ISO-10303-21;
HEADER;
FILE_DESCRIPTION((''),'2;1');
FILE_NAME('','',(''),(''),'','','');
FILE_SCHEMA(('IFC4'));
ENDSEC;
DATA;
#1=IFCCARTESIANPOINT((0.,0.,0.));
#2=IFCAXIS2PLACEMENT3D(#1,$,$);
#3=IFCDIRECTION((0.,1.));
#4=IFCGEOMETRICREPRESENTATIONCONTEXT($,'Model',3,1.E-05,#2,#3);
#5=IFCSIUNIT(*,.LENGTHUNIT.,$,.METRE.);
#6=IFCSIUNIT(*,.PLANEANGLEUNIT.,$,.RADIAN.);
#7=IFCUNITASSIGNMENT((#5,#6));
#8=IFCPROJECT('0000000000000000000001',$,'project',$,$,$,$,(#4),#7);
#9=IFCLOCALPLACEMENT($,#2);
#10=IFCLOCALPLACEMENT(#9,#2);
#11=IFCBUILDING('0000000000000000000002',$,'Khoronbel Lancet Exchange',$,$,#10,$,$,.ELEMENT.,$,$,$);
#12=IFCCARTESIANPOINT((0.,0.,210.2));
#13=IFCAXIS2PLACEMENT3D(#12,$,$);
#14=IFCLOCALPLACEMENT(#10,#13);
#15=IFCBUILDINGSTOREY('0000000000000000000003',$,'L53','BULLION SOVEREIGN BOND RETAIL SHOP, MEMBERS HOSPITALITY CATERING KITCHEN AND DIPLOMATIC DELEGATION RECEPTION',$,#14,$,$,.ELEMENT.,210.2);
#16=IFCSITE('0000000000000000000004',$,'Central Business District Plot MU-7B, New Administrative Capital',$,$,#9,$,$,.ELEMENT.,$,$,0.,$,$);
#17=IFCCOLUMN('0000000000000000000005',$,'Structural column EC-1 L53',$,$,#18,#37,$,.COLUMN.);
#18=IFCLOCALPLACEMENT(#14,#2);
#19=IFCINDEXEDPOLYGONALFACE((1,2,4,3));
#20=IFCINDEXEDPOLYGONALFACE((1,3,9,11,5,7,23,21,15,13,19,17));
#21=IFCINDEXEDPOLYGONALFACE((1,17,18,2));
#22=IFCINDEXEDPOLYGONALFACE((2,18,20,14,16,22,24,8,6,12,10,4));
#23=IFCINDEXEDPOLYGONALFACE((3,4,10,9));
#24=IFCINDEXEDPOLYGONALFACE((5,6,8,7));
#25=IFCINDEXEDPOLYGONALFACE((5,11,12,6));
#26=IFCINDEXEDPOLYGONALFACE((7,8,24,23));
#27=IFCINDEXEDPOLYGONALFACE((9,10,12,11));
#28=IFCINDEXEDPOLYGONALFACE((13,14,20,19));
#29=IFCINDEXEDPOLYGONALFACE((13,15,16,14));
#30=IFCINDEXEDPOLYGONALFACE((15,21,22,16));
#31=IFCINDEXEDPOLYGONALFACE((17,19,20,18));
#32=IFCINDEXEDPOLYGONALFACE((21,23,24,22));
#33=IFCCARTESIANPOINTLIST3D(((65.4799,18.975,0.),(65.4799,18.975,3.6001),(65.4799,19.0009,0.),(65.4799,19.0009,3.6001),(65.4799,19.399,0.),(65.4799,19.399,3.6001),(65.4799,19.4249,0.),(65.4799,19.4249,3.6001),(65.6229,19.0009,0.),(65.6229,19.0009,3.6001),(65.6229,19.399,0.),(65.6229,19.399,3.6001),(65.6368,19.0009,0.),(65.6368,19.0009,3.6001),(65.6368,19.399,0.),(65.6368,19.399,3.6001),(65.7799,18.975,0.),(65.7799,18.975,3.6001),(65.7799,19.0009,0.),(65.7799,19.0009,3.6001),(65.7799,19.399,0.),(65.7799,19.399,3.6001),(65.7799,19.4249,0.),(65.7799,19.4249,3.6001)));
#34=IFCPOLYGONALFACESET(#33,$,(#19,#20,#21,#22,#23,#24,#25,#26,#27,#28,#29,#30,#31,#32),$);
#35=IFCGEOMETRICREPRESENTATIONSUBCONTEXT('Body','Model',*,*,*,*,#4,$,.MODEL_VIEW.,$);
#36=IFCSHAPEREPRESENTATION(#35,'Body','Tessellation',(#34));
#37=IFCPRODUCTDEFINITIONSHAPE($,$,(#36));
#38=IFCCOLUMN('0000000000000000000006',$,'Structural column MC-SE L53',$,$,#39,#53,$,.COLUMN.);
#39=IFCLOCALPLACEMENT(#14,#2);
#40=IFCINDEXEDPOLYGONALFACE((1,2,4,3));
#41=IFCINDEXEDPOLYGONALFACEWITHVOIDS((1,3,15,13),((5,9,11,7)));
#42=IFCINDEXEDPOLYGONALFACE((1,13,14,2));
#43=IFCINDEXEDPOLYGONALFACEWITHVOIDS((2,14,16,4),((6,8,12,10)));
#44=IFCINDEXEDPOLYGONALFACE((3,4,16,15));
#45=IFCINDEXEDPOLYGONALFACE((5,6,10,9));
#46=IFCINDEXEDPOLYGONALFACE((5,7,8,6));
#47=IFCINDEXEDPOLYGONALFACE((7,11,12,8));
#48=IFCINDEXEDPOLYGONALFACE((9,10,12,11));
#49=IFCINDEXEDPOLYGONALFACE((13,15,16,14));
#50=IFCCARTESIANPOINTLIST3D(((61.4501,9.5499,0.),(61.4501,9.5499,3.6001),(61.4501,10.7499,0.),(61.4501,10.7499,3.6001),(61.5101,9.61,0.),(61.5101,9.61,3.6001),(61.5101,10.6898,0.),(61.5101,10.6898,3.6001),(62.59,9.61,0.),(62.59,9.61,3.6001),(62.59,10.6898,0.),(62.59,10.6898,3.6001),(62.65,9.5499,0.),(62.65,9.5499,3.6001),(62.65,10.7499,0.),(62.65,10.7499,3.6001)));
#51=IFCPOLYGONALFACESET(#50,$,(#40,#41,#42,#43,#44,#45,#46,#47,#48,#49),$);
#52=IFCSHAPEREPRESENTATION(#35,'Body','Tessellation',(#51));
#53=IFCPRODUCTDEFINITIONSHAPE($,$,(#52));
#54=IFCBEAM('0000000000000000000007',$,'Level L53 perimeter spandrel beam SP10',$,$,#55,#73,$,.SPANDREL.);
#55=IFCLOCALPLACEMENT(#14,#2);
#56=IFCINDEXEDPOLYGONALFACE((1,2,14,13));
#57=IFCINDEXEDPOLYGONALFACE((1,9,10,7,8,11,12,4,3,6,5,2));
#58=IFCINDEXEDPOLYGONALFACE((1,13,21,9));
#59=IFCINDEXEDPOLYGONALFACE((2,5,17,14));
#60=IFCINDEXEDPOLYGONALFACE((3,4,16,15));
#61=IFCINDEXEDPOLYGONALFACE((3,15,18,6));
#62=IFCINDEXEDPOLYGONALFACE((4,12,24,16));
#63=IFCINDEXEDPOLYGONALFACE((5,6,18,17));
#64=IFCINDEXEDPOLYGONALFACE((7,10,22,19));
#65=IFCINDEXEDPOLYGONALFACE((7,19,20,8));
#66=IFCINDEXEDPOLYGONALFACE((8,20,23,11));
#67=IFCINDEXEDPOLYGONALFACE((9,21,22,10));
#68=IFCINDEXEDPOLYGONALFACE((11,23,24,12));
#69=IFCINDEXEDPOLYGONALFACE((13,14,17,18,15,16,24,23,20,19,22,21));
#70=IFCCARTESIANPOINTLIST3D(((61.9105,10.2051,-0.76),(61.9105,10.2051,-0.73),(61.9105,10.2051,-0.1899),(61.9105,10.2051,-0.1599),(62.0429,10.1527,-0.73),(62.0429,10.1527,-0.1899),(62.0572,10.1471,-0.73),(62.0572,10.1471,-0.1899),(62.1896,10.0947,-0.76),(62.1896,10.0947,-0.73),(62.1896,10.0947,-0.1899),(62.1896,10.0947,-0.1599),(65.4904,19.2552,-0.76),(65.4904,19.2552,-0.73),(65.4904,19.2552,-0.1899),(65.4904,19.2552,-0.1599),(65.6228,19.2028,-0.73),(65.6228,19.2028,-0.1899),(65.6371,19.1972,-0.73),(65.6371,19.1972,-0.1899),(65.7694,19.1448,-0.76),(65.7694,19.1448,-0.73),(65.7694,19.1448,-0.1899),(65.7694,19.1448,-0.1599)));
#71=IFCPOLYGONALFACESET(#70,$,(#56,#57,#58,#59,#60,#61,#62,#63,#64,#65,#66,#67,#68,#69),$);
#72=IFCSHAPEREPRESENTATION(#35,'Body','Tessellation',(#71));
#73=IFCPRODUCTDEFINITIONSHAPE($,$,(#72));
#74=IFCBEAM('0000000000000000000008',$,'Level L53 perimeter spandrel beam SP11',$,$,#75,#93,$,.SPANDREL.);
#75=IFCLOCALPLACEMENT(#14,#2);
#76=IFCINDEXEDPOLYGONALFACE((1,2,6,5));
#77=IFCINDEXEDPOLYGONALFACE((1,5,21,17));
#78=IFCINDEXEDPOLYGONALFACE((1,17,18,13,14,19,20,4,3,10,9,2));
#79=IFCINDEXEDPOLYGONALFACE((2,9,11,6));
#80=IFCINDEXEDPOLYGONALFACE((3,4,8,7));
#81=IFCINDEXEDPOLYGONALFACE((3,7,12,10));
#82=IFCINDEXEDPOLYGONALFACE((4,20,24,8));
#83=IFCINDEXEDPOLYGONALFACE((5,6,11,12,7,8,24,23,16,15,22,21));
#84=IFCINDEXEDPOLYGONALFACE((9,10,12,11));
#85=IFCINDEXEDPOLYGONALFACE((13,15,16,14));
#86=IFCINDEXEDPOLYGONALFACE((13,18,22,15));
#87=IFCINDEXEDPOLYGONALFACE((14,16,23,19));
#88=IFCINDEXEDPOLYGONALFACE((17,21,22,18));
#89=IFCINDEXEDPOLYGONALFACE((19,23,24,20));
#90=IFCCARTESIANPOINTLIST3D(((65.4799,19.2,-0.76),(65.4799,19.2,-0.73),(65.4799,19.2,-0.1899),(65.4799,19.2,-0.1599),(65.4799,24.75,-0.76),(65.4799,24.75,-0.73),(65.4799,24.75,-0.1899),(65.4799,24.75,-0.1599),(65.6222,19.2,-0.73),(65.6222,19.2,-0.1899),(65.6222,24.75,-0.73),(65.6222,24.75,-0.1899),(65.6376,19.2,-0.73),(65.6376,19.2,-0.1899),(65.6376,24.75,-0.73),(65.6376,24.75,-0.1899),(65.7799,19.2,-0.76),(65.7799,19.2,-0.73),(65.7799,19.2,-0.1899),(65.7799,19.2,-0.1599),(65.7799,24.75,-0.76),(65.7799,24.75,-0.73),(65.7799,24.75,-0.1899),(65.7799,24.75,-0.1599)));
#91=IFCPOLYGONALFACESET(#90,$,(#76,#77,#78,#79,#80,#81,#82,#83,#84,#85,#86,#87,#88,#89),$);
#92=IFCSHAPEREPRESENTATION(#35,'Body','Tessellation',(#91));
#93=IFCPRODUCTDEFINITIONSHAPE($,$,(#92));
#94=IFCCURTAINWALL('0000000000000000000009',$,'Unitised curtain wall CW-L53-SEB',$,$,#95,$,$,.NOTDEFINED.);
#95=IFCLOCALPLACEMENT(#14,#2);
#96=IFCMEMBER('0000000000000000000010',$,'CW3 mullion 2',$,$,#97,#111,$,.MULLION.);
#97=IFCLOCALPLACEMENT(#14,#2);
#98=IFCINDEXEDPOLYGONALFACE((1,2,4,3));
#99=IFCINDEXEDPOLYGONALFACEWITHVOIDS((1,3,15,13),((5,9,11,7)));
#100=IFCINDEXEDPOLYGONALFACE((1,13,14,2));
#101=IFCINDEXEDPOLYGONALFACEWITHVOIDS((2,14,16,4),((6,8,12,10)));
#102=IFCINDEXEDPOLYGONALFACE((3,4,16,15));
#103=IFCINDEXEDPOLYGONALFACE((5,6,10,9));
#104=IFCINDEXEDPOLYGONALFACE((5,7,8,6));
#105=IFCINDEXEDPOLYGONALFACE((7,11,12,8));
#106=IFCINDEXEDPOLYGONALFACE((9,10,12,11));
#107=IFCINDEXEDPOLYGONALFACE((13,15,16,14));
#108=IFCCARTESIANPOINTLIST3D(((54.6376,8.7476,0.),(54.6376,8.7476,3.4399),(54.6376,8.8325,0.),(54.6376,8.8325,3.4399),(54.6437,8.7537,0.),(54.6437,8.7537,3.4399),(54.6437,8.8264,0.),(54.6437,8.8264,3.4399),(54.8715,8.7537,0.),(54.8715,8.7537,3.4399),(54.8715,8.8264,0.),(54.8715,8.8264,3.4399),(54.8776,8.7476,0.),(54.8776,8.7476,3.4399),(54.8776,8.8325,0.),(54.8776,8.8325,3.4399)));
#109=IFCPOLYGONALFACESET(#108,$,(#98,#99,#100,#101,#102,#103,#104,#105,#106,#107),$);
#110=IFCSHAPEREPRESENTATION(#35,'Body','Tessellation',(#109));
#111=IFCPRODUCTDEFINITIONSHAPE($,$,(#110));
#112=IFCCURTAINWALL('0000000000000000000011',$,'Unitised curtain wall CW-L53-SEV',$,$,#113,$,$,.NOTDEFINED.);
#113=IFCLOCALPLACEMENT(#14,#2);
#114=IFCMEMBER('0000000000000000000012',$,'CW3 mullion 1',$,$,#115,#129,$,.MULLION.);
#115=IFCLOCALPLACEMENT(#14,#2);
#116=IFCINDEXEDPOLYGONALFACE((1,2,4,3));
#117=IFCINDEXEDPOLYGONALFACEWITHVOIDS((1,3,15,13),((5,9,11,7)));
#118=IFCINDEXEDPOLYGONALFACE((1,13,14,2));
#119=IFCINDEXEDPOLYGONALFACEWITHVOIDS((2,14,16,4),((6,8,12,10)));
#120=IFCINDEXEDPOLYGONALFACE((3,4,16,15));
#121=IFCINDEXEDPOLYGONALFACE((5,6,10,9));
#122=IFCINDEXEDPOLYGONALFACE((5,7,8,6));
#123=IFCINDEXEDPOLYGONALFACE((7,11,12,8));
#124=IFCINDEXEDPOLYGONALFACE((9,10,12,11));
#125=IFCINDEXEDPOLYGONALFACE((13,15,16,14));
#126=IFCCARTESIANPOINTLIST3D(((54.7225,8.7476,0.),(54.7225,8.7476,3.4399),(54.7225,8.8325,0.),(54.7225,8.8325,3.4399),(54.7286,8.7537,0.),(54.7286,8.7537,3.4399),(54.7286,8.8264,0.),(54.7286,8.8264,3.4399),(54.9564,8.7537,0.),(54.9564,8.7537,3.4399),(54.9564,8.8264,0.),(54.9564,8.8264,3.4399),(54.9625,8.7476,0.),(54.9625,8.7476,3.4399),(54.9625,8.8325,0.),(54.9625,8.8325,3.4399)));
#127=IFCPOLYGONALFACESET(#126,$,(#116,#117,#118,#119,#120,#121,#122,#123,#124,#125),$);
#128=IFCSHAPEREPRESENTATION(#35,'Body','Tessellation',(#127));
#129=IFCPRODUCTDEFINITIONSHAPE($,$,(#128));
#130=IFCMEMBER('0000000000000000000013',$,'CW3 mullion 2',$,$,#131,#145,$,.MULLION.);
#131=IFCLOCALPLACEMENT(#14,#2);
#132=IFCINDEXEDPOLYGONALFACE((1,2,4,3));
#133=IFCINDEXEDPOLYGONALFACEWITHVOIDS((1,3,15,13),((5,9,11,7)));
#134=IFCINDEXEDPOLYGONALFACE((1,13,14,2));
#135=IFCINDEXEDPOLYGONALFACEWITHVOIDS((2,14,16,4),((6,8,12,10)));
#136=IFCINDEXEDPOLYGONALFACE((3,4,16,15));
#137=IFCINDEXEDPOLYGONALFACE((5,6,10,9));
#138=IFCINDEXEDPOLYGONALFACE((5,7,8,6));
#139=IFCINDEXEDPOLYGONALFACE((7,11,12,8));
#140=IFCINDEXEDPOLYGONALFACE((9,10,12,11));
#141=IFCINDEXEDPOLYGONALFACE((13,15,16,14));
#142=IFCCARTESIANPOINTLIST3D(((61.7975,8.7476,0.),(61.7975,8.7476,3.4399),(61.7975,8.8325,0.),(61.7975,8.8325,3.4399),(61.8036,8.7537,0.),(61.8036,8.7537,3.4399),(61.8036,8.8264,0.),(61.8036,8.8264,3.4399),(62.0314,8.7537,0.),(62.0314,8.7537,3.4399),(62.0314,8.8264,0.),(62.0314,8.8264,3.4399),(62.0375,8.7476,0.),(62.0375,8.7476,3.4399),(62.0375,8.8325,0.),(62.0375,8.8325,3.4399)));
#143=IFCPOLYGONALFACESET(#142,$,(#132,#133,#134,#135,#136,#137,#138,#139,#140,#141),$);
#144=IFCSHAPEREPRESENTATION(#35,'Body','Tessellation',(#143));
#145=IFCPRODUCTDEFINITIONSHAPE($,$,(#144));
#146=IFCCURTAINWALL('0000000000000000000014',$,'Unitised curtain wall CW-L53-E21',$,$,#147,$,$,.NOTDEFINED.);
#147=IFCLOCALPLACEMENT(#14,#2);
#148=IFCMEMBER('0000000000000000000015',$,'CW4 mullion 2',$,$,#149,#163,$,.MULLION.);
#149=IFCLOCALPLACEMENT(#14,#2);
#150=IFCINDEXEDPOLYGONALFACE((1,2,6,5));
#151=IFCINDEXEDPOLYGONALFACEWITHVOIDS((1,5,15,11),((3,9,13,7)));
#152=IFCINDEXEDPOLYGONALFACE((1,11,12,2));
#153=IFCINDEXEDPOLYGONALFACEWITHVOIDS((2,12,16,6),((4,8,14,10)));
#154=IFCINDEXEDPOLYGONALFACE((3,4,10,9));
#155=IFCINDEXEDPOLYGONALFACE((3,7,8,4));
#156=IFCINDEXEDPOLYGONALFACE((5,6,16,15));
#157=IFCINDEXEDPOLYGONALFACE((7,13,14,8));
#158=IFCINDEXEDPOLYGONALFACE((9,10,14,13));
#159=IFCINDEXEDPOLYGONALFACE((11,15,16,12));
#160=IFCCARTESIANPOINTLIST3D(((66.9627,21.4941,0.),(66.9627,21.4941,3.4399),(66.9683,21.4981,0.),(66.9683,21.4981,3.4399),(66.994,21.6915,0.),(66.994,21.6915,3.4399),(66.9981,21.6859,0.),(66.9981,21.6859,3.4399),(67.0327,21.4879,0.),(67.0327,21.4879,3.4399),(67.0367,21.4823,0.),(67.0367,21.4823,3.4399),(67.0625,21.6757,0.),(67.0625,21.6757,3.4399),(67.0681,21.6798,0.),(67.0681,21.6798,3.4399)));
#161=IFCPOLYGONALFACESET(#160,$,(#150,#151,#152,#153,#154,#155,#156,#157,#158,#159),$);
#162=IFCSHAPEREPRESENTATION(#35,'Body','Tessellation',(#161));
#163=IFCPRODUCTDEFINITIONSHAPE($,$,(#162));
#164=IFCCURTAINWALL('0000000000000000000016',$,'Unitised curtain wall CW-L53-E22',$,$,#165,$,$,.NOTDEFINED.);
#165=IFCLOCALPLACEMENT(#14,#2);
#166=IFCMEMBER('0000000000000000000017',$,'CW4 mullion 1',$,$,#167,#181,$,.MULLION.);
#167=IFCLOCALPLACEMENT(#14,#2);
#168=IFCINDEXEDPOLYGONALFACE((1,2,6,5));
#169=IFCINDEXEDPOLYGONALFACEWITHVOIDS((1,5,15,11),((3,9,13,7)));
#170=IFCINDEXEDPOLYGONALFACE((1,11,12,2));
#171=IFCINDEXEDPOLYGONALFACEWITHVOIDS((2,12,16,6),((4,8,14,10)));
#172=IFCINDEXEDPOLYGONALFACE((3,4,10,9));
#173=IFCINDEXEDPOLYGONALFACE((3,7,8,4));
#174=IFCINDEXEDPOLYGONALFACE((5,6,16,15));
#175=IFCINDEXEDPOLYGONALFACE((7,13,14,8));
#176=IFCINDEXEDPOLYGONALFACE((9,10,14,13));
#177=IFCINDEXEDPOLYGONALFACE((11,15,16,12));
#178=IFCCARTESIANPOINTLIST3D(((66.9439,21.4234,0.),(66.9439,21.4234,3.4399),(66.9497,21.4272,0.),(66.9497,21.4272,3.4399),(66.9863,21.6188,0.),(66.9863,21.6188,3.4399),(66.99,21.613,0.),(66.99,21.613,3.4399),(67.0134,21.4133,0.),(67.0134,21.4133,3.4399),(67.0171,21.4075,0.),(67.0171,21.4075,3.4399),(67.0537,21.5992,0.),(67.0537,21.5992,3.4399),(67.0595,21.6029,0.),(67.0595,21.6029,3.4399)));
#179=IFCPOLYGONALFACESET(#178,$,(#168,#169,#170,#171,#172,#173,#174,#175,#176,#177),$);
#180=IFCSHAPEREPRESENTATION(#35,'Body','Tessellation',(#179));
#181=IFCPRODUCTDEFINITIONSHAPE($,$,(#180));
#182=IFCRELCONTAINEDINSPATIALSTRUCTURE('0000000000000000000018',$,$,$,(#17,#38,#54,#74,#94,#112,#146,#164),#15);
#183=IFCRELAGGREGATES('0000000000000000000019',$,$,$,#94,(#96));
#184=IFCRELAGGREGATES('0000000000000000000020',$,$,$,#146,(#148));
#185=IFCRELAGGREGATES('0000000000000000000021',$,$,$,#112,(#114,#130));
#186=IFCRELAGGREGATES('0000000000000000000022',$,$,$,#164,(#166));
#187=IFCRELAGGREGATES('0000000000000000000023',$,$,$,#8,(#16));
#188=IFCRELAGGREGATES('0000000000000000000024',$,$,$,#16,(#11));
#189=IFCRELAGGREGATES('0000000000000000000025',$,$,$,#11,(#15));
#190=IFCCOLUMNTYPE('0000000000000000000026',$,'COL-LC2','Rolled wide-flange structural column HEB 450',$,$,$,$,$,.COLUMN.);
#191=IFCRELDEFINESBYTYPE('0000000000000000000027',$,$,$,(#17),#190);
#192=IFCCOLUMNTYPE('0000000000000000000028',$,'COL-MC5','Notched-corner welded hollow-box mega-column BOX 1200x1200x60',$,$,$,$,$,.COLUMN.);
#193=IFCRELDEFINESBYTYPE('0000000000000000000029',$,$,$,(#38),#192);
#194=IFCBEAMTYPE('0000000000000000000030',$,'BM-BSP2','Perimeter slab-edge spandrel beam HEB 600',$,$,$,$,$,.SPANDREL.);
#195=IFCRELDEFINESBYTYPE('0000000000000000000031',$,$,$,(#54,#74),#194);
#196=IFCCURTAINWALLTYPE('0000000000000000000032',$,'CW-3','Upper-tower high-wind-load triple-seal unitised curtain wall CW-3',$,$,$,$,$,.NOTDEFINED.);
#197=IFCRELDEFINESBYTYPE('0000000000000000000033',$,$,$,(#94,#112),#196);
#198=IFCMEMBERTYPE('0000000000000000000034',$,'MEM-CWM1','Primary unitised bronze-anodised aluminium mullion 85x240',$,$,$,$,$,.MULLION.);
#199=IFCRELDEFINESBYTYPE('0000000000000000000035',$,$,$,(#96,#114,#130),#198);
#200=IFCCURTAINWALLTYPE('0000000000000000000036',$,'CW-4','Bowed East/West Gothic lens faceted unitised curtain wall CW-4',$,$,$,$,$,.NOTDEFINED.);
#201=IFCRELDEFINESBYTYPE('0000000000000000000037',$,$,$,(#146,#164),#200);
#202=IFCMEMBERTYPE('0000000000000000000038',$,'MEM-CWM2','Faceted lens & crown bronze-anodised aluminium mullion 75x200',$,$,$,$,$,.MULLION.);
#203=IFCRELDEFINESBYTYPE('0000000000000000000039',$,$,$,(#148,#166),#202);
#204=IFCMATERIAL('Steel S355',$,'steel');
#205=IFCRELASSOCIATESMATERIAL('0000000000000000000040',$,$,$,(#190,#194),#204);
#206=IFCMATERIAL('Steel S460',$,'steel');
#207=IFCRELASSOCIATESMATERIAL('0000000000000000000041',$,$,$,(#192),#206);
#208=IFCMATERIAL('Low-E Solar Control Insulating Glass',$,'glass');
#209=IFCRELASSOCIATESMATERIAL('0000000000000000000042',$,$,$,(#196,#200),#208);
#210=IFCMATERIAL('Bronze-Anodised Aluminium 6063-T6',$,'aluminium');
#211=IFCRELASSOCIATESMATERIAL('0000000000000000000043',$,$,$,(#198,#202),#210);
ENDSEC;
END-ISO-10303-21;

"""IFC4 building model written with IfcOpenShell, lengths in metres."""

from ifc_helpers import new_model, si_unit, direction, frame, origin, origin_2d, place, context, subcontext, project, spatial, hollow_rectangle, i_section, extrude, material, material_profile, profile_set, type_object, element, aggregate, save


model = new_model("IFC4")

# Units and contexts
model_context = context("Model", 3, precision=1e-05, world=origin(), true_north=direction((0.0, 1.0)))
body_context = subcontext(model_context, "Body", "Model", "MODEL_VIEW")
ifc_project = project(units=[si_unit("LENGTHUNIT", "METRE"), si_unit("PLANEANGLEUNIT", "RADIAN")], contexts=[model_context])

# Site, building, storey
site_placement = place(None, origin())
site = spatial("IfcSite", under=ifc_project, at=site_placement, Name="Central Business District Plot MU-7B, New Administrative Capital", CompositionType="ELEMENT", RefElevation=0.0)
building_placement = place(site_placement, origin())
building = spatial("IfcBuilding", under=site, at=building_placement, Name="Khoronbel Lancet Exchange", CompositionType="ELEMENT")
storey_placement = place(building_placement, frame((0.0, 0.0, 210.2)))
storey = spatial("IfcBuildingStorey", under=building, at=storey_placement, Name="L53", Description="BULLION SOVEREIGN BOND RETAIL SHOP, MEMBERS HOSPITALITY CATERING KITCHEN AND DIPLOMATIC DELEGATION RECEPTION", CompositionType="ELEMENT", Elevation=210.2)

# Columns
ifc_material_1 = material(Name="Steel S355", Category="steel")
ifc_material_profile_1 = material_profile(ifc_material_1, i_section(OverallWidth=0.3, OverallDepth=0.45, WebThickness=0.0139, FlangeThickness=0.0259, at=origin_2d()), Name="HEB 450")
ifc_profile_set_1 = profile_set([ifc_material_profile_1], Name="Steel S355")
column_type_1 = type_object("IfcColumnType", Name="COL-LC2", Description="Rolled wide-flange structural column HEB 450", PredefinedType="COLUMN", material=ifc_profile_set_1)
column_1_placement = place(storey_placement, frame((65.6299, 19.2, 0.0), z_axis=(0.0, 0.0, 1.0), x_axis=(1.0, 0.0, 0.0)))
element("IfcColumn", 1, at=column_1_placement, inside=storey, type_object=column_type_1, Name="Structural column EC-1 L53", PredefinedType="COLUMN", context=body_context, shape_type="SweptSolid", body=[
    extrude(i_section(OverallWidth=0.3, OverallDepth=0.45, WebThickness=0.0139, FlangeThickness=0.0259, at=origin_2d()), origin(), (0.0, 0.0, 1.0), 3.6001),
])
ifc_material_2 = material(Name="Steel S460", Category="steel")
ifc_material_profile_2 = material_profile(ifc_material_2, hollow_rectangle(XDim=1.2, YDim=1.2, WallThickness=0.0601, at=origin_2d()), Name="BOX 1200x1200x60")
ifc_profile_set_2 = profile_set([ifc_material_profile_2], Name="Steel S460")
column_type_2 = type_object("IfcColumnType", Name="COL-MC5", Description="Notched-corner welded hollow-box mega-column BOX 1200x1200x60", PredefinedType="COLUMN", material=ifc_profile_set_2)
column_2_placement = place(storey_placement, frame((62.05, 10.1499, 0.0), z_axis=(0.0, 0.0, 1.0), x_axis=(1.0, 0.0, 0.0)))
element("IfcColumn", 2, at=column_2_placement, inside=storey, type_object=column_type_2, Name="Structural column MC-SE L53", PredefinedType="COLUMN", context=body_context, shape_type="SweptSolid", body=[
    extrude(hollow_rectangle(XDim=1.2, YDim=1.2, WallThickness=0.0601, at=origin_2d()), origin(), (0.0, 0.0, 1.0), 3.6001),
])

# Beams
ifc_material_profile_3 = material_profile(ifc_material_1, i_section(OverallWidth=0.3, OverallDepth=0.6001, WebThickness=0.0154, FlangeThickness=0.03, at=origin_2d()), Name="HEB 600")
ifc_profile_set_3 = profile_set([ifc_material_profile_3], Name="Steel S355")
beam_type = type_object("IfcBeamType", Name="BM-BSP2", Description="Perimeter slab-edge spandrel beam HEB 600", PredefinedType="SPANDREL", material=ifc_profile_set_3)
beam_1_placement = place(storey_placement, frame((62.05, 10.1499, -0.46), z_axis=(0.367828, 0.929894, 0.0), x_axis=(-0.929894, 0.367828, 0.0)))
element("IfcBeam", 3, at=beam_1_placement, inside=storey, type_object=beam_type, Name="Level L53 perimeter spandrel beam SP10", PredefinedType="SPANDREL", context=body_context, shape_type="SweptSolid", body=[
    extrude(i_section(OverallWidth=0.3, OverallDepth=0.6001, WebThickness=0.0154, FlangeThickness=0.03, at=origin_2d()), origin(), (0.0, 0.0, 1.0), 9.7324),
])
beam_2_placement = place(storey_placement, frame((65.6299, 19.2, -0.46), z_axis=(0.0, 1.0, 0.0), x_axis=(-1.0, 0.0, 0.0)))
element("IfcBeam", 4, at=beam_2_placement, inside=storey, type_object=beam_type, Name="Level L53 perimeter spandrel beam SP11", PredefinedType="SPANDREL", context=body_context, shape_type="SweptSolid", body=[
    extrude(i_section(OverallWidth=0.3, OverallDepth=0.6001, WebThickness=0.0154, FlangeThickness=0.03, at=origin_2d()), origin(), (0.0, 0.0, 1.0), 5.55),
])

# Curtain wall, member
ifc_material_3 = material(Name="Low-E Solar Control Insulating Glass", Category="glass")
curtain_wall_type_1 = type_object("IfcCurtainWallType", Name="CW-3", Description="Upper-tower high-wind-load triple-seal unitised curtain wall CW-3", PredefinedType="NOTDEFINED", material=ifc_material_3)
curtain_wall_1_placement = place(storey_placement, origin())
curtain_wall_1 = element("IfcCurtainWall", 5, at=curtain_wall_1_placement, inside=storey, type_object=curtain_wall_type_1, Name="Unitised curtain wall CW-L53-SEB", PredefinedType="NOTDEFINED")
ifc_material_4 = material(Name="Bronze-Anodised Aluminium 6063-T6", Category="aluminium")
ifc_material_profile_4 = material_profile(ifc_material_4, hollow_rectangle(XDim=0.085, YDim=0.24, WallThickness=0.0061, at=origin_2d()), Name="ALU MULLION 85x240")
ifc_profile_set_4 = profile_set([ifc_material_profile_4], Name="Bronze-Anodised Aluminium 6063-T6")
member_type_1 = type_object("IfcMemberType", Name="MEM-CWM1", Description="Primary unitised bronze-anodised aluminium mullion 85x240", PredefinedType="MULLION", material=ifc_profile_set_4)
member_1_placement = place(storey_placement, frame((54.7576, 8.79, 0.0), z_axis=(0.0, 0.0, 1.0), x_axis=(0.0, 1.0, 0.0)))
member_1 = element("IfcMember", 6, at=member_1_placement, type_object=member_type_1, Name="CW3 mullion 2", PredefinedType="MULLION", context=body_context, shape_type="SweptSolid", body=[
    extrude(hollow_rectangle(XDim=0.085, YDim=0.24, WallThickness=0.0061, at=origin_2d()), origin(), (0.0, 0.0, 1.0), 3.4399),
])
aggregate(curtain_wall_1, [member_1])

# Curtain wall, members
curtain_wall_2_placement = place(storey_placement, origin())
curtain_wall_2 = element("IfcCurtainWall", 7, at=curtain_wall_2_placement, inside=storey, type_object=curtain_wall_type_1, Name="Unitised curtain wall CW-L53-SEV", PredefinedType="NOTDEFINED")
member_2_placement = place(storey_placement, frame((54.8425, 8.79, 0.0), z_axis=(0.0, 0.0, 1.0), x_axis=(0.0, 1.0, 0.0)))
member_2 = element("IfcMember", 8, at=member_2_placement, type_object=member_type_1, Name="CW3 mullion 1", PredefinedType="MULLION", context=body_context, shape_type="SweptSolid", body=[
    extrude(hollow_rectangle(XDim=0.085, YDim=0.24, WallThickness=0.0061, at=origin_2d()), origin(), (0.0, 0.0, 1.0), 3.4399),
])
member_3_placement = place(storey_placement, frame((61.9175, 8.79, 0.0), z_axis=(0.0, 0.0, 1.0), x_axis=(0.0, 1.0, 0.0)))
member_3 = element("IfcMember", 9, at=member_3_placement, type_object=member_type_1, Name="CW3 mullion 2", PredefinedType="MULLION", context=body_context, shape_type="SweptSolid", body=[
    extrude(hollow_rectangle(XDim=0.085, YDim=0.24, WallThickness=0.0061, at=origin_2d()), origin(), (0.0, 0.0, 1.0), 3.4399),
])

# Curtain wall, member
curtain_wall_type_2 = type_object("IfcCurtainWallType", Name="CW-4", Description="Bowed East/West Gothic lens faceted unitised curtain wall CW-4", PredefinedType="NOTDEFINED", material=ifc_material_3)
curtain_wall_3_placement = place(storey_placement, origin())
curtain_wall_3 = element("IfcCurtainWall", 10, at=curtain_wall_3_placement, inside=storey, type_object=curtain_wall_type_2, Name="Unitised curtain wall CW-L53-E21", PredefinedType="NOTDEFINED")
ifc_material_profile_5 = material_profile(ifc_material_4, hollow_rectangle(XDim=0.075, YDim=0.2, WallThickness=0.0049, at=origin_2d()), Name="ALU MULLION 75x200")
ifc_profile_set_5 = profile_set([ifc_material_profile_5], Name="Bronze-Anodised Aluminium 6063-T6")
member_type_2 = type_object("IfcMemberType", Name="MEM-CWM2", Description="Faceted lens & crown bronze-anodised aluminium mullion 75x200", PredefinedType="MULLION", material=ifc_profile_set_5)
member_4_placement = place(storey_placement, frame((67.0154, 21.5869, 0.0), z_axis=(0.0, 0.0, 1.0), x_axis=(0.987633, -0.156785, 0.0)))
member_4 = element("IfcMember", 11, at=member_4_placement, type_object=member_type_2, Name="CW4 mullion 2", PredefinedType="MULLION", context=body_context, shape_type="SweptSolid", body=[
    extrude(hollow_rectangle(XDim=0.075, YDim=0.2, WallThickness=0.0049, at=origin_2d()), origin(), (0.0, 0.0, 1.0), 3.4399),
])

# Curtain wall, member
curtain_wall_4_placement = place(storey_placement, origin())
curtain_wall_4 = element("IfcCurtainWall", 12, at=curtain_wall_4_placement, inside=storey, type_object=curtain_wall_type_2, Name="Unitised curtain wall CW-L53-E22", PredefinedType="NOTDEFINED")
member_5_placement = place(storey_placement, frame((67.0017, 21.5132, 0.0), z_axis=(0.0, 0.0, 1.0), x_axis=(0.977287, -0.211921, 0.0)))
member_5 = element("IfcMember", 13, at=member_5_placement, type_object=member_type_2, Name="CW4 mullion 1", PredefinedType="MULLION", context=body_context, shape_type="SweptSolid", body=[
    extrude(hollow_rectangle(XDim=0.075, YDim=0.2, WallThickness=0.0049, at=origin_2d()), origin(), (0.0, 0.0, 1.0), 3.4399),
])

aggregate(curtain_wall_3, [member_4])
aggregate(curtain_wall_2, [member_2, member_3])
aggregate(curtain_wall_4, [member_5])

save(model, "model.ifc")
